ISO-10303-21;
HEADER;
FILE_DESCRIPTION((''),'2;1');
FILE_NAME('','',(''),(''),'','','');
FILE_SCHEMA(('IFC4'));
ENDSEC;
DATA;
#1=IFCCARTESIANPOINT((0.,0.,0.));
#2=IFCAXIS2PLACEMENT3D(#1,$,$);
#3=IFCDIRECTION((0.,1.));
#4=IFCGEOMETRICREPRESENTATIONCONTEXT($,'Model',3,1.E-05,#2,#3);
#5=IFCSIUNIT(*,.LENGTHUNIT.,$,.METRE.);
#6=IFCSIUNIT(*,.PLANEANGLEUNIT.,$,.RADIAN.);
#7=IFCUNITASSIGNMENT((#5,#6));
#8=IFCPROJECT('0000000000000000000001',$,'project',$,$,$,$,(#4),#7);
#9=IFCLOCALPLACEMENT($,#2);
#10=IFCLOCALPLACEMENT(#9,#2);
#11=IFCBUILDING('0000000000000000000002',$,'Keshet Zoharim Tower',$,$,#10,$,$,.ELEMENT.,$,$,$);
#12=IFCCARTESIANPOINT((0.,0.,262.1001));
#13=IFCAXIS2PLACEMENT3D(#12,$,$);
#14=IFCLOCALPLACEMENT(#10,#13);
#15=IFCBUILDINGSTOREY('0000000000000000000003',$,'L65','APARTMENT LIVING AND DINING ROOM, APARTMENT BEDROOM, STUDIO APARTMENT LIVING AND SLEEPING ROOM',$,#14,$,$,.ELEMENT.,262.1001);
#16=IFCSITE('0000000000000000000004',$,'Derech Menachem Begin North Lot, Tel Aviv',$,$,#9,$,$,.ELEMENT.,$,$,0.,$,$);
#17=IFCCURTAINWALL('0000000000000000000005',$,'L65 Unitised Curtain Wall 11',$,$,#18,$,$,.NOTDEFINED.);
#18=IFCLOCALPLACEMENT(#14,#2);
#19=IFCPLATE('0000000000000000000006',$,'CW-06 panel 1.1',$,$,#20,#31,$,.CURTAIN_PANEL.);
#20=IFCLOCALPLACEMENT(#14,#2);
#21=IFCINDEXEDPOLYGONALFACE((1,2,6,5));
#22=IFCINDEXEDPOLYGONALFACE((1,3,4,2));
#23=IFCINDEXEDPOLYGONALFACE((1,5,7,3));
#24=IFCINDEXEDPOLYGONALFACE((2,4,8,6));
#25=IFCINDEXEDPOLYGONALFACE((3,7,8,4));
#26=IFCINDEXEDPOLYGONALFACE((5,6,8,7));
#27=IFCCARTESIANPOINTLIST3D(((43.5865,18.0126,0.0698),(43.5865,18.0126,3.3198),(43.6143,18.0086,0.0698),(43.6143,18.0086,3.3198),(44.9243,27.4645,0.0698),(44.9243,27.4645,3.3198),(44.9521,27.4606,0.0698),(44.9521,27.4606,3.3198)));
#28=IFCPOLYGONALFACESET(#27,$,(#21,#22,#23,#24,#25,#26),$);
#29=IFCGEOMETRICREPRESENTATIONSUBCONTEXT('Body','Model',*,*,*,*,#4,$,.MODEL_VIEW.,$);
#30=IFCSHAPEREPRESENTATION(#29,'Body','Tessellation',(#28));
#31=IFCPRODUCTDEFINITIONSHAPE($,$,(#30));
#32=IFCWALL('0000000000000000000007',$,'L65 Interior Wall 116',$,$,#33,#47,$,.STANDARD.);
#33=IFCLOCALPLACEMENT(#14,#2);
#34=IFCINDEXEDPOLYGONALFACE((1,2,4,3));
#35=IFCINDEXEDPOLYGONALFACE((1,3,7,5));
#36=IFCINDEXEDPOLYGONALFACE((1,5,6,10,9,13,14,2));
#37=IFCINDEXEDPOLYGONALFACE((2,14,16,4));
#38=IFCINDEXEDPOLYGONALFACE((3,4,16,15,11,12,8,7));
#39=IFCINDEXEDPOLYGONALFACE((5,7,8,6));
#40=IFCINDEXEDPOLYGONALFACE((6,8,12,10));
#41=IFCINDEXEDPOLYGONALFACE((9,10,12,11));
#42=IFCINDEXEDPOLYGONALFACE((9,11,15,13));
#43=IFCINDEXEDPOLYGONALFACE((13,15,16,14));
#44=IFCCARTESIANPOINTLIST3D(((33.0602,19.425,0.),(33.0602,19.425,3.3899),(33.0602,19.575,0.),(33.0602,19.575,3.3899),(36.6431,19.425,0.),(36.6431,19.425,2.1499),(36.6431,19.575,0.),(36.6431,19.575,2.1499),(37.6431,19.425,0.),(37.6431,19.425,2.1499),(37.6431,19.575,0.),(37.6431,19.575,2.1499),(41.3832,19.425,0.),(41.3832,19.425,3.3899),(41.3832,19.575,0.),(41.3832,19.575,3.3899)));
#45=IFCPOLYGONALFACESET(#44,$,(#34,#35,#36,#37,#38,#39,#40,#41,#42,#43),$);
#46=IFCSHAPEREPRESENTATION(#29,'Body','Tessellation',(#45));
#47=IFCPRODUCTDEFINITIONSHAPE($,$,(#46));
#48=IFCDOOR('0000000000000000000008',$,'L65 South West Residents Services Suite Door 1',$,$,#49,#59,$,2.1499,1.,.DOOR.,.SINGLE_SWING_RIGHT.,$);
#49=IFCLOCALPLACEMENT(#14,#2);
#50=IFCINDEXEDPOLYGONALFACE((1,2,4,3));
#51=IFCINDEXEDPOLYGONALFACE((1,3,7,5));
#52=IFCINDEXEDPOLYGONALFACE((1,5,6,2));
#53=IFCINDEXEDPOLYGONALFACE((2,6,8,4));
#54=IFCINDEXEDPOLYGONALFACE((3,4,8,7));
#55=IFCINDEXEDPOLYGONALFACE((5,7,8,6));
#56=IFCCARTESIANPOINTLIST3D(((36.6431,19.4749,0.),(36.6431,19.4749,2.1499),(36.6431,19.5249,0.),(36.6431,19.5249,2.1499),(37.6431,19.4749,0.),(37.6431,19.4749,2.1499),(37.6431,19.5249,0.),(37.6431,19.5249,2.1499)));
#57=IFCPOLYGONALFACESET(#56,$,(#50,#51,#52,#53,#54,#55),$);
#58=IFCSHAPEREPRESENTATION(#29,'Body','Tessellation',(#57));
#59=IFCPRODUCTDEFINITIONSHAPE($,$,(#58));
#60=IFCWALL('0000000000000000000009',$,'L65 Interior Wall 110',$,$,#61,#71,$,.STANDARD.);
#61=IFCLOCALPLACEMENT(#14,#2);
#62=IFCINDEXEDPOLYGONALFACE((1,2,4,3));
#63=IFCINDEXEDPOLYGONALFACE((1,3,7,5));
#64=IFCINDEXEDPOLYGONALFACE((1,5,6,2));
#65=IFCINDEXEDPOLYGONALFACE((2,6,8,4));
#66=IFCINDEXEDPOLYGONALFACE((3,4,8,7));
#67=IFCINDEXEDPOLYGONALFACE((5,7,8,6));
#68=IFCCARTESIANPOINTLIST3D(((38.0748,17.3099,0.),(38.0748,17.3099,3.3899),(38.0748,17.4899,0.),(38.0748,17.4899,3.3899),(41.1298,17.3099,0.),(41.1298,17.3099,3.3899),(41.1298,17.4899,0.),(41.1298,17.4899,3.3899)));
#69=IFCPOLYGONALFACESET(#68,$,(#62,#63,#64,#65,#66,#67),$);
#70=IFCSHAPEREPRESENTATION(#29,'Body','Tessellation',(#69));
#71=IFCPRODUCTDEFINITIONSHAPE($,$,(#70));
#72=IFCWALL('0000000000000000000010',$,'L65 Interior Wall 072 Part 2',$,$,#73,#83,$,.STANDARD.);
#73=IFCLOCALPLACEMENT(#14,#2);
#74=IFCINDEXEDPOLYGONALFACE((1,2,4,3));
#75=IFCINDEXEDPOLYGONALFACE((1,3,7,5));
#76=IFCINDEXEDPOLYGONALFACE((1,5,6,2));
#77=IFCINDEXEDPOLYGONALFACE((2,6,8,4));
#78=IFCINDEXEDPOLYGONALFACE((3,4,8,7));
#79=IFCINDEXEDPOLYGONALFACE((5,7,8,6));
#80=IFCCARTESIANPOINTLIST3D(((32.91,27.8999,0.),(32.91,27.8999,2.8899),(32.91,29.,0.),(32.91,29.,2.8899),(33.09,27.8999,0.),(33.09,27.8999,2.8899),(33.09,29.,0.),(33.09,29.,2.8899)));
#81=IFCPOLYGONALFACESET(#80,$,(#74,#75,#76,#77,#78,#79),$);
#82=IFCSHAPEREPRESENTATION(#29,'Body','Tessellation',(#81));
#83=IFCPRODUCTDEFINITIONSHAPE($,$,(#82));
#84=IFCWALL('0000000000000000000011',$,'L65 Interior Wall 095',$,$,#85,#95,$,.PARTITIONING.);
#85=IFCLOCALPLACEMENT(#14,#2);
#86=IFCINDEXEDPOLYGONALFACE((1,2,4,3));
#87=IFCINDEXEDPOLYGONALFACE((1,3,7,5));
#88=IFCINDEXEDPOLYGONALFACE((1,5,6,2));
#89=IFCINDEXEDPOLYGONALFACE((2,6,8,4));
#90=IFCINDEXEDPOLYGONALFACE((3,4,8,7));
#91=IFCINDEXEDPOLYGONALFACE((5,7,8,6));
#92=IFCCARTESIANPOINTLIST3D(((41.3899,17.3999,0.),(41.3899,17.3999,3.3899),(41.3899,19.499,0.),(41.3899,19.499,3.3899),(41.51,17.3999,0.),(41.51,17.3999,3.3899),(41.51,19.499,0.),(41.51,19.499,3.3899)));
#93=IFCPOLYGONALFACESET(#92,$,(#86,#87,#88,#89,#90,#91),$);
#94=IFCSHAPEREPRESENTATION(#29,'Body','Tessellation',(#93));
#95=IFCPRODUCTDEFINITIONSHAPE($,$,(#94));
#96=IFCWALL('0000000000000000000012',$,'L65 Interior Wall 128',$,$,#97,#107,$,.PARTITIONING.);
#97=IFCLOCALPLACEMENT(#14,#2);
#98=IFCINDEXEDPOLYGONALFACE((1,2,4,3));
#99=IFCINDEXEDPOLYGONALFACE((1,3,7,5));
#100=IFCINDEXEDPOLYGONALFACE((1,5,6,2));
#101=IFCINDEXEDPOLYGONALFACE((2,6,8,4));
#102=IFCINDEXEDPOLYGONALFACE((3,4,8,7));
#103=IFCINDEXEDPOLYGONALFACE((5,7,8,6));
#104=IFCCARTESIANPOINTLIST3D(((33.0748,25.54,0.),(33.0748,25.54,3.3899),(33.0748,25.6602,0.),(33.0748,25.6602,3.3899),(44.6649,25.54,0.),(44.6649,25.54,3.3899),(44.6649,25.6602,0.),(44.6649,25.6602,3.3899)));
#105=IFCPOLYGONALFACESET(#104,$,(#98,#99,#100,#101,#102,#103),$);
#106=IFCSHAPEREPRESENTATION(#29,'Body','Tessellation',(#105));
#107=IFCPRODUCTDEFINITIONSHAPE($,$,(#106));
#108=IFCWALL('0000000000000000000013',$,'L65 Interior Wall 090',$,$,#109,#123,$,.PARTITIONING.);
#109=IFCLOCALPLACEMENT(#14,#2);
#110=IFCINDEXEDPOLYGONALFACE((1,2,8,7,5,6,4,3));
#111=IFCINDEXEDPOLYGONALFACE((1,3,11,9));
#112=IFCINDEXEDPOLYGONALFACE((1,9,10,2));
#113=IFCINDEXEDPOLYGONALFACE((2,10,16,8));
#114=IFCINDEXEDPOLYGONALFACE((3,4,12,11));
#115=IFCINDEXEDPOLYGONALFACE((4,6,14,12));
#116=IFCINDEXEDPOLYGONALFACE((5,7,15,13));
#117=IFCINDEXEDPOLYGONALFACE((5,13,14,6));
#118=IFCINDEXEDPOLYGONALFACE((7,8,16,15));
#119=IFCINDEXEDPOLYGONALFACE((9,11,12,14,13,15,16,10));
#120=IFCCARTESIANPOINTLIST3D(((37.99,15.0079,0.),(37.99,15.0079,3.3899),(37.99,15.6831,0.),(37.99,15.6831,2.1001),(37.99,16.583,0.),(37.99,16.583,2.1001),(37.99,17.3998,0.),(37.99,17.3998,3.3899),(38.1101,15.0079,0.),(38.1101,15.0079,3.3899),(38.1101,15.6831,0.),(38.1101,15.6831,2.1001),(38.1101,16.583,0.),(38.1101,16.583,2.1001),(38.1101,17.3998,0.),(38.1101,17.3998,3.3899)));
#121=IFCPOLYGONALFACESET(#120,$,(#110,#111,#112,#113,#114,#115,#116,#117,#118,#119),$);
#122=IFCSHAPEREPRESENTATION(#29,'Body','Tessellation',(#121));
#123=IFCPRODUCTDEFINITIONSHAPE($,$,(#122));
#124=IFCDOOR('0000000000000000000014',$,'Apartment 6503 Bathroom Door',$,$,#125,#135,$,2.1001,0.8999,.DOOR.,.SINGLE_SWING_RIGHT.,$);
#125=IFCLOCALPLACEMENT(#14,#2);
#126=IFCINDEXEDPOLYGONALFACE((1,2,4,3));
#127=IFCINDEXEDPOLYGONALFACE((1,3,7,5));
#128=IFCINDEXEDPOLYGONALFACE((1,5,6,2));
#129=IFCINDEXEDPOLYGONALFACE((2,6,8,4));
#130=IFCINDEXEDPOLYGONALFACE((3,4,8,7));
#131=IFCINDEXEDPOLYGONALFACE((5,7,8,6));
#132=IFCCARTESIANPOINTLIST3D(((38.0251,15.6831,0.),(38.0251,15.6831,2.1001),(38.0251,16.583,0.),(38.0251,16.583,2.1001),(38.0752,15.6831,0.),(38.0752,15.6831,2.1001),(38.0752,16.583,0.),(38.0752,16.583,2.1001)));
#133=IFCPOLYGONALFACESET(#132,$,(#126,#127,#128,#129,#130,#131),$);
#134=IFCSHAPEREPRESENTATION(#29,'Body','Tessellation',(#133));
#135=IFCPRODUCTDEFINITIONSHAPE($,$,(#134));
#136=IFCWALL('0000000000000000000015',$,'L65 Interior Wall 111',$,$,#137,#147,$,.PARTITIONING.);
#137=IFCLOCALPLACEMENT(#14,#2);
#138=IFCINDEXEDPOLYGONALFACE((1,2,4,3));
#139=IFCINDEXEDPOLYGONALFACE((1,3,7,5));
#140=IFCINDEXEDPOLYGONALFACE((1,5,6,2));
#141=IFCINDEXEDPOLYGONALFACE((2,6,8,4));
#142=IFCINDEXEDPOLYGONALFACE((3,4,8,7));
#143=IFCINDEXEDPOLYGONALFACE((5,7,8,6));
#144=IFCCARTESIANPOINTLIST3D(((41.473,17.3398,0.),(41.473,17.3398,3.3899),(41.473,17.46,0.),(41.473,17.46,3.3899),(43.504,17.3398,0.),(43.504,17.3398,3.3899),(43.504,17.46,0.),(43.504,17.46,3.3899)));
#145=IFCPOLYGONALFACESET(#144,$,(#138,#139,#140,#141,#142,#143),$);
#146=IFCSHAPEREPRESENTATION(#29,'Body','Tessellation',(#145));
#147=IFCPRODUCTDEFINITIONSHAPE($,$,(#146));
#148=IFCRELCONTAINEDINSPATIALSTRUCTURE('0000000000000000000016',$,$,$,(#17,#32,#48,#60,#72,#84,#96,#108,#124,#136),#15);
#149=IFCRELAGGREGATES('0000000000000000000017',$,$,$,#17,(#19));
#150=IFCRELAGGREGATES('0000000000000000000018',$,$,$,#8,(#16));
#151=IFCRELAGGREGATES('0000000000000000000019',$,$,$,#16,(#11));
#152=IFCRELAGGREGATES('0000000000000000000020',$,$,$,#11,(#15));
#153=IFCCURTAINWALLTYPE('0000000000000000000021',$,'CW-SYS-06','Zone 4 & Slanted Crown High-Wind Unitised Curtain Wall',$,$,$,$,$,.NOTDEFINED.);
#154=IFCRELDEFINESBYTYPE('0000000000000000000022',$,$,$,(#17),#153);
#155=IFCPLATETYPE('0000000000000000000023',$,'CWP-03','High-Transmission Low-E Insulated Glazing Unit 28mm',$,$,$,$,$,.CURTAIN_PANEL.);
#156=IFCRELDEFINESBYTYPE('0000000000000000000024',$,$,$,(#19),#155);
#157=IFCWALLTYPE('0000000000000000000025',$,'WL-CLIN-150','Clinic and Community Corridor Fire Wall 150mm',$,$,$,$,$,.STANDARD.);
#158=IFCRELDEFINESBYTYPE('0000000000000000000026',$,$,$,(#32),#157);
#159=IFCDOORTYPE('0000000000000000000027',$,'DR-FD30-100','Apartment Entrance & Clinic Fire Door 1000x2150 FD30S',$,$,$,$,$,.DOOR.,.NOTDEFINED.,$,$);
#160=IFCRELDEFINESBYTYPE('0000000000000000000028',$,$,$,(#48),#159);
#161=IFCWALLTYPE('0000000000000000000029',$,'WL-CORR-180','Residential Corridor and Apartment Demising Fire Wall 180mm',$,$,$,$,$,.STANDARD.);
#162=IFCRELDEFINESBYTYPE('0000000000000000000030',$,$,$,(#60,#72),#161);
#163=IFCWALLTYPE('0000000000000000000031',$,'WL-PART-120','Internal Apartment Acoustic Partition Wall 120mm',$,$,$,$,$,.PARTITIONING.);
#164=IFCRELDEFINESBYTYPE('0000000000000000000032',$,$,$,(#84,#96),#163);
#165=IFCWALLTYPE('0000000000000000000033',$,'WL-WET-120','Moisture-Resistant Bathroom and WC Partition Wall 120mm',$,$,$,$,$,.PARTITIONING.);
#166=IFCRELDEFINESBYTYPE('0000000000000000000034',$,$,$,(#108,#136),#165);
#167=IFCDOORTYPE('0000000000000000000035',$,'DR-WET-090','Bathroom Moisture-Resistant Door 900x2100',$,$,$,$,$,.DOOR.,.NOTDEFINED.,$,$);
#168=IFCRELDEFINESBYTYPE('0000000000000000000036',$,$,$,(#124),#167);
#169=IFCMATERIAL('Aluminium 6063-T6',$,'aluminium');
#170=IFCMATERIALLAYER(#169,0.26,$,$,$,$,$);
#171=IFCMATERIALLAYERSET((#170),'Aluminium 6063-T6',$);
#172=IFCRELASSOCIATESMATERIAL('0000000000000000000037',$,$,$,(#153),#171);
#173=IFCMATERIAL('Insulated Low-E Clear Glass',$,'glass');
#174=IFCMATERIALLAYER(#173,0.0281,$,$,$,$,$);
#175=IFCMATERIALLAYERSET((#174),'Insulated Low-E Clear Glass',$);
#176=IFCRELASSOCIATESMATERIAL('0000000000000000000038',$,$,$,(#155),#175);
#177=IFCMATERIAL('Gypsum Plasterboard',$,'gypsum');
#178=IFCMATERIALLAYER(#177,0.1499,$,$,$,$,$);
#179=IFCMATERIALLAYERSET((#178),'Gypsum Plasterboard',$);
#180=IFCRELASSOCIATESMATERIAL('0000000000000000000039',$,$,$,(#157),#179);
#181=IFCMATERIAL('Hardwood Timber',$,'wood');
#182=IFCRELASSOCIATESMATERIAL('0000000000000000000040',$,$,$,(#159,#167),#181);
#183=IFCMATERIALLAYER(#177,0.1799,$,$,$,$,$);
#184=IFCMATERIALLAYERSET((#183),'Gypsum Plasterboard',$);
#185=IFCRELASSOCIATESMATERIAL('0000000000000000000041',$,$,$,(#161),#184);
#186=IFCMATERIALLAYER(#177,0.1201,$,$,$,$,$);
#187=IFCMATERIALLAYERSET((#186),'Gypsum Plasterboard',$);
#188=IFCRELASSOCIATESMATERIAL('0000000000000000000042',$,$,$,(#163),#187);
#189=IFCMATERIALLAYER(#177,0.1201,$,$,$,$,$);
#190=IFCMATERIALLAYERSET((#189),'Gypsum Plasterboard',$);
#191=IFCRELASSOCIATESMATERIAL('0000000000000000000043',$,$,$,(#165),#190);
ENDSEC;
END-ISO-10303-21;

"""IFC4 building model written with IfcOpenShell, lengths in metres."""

from ifc_helpers import new_model, si_unit, direction, frame, frame_2d, origin, origin_2d, place, context, subcontext, project, spatial, rectangle, extrude, material, layer, layer_set, type_object, element, fill, aggregate, save


model = new_model("IFC4")

# Units and contexts
model_context = context("Model", 3, precision=1e-05, world=origin(), true_north=direction((0.0, 1.0)))
body_context = subcontext(model_context, "Body", "Model", "MODEL_VIEW")
ifc_project = project(units=[si_unit("LENGTHUNIT", "METRE"), si_unit("PLANEANGLEUNIT", "RADIAN")], contexts=[model_context])

# Site, building, storey
site_placement = place(None, origin())
site = spatial("IfcSite", under=ifc_project, at=site_placement, Name="Derech Menachem Begin North Lot, Tel Aviv", CompositionType="ELEMENT", RefElevation=0.0)
building_placement = place(site_placement, origin())
building = spatial("IfcBuilding", under=site, at=building_placement, Name="Keshet Zoharim Tower", CompositionType="ELEMENT")
storey_placement = place(building_placement, frame((0.0, 0.0, 262.1001)))
storey = spatial("IfcBuildingStorey", under=building, at=storey_placement, Name="L65", Description="APARTMENT LIVING AND DINING ROOM, APARTMENT BEDROOM, STUDIO APARTMENT LIVING AND SLEEPING ROOM", CompositionType="ELEMENT", Elevation=262.1001)

# Shared definitions
ifc_material_1 = material(Name="Aluminium 6063-T6", Category="aluminium")
ifc_layer_1 = layer(ifc_material_1, 0.26)
ifc_layer_set_1 = layer_set([ifc_layer_1], Name="Aluminium 6063-T6")
curtain_wall_type = type_object("IfcCurtainWallType", Name="CW-SYS-06", Description="Zone 4 & Slanted Crown High-Wind Unitised Curtain Wall", PredefinedType="NOTDEFINED", material=ifc_layer_set_1)

# Curtain wall
curtain_wall_1_placement = place(storey_placement, origin())
curtain_wall_1 = element("IfcCurtainWall", 1, at=curtain_wall_1_placement, inside=storey, type_object=curtain_wall_type, Name="L65 Unitised Curtain Wall 11", PredefinedType="NOTDEFINED")

# Plate
ifc_material_2 = material(Name="Insulated Low-E Clear Glass", Category="glass")
ifc_layer_2 = layer(ifc_material_2, 0.0281)
ifc_layer_set_2 = layer_set([ifc_layer_2], Name="Insulated Low-E Clear Glass")
plate_type = type_object("IfcPlateType", Name="CWP-03", Description="High-Transmission Low-E Insulated Glazing Unit 28mm", PredefinedType="CURTAIN_PANEL", material=ifc_layer_set_2)
plate_1_placement = place(storey_placement, frame((44.2693, 22.7366, 0.0698), z_axis=(0.0, 0.0, 1.0), x_axis=(-0.140137, -0.990132, 0.0)))
plate_1 = element("IfcPlate", 2, at=plate_1_placement, type_object=plate_type, Name="CW-06 panel 1.1", PredefinedType="CURTAIN_PANEL", context=body_context, shape_type="SweptSolid", body=[
    extrude(rectangle(XDim=9.5461, YDim=0.0281, at=origin_2d()), origin(), (0.0, 0.0, 1.0), 3.25),
])
aggregate(curtain_wall_1, [plate_1])

# Wall, opening, door
ifc_material_3 = material(Name="Gypsum Plasterboard", Category="gypsum")
ifc_layer_3 = layer(ifc_material_3, 0.1499)
ifc_layer_set_3 = layer_set([ifc_layer_3], Name="Gypsum Plasterboard")
wall_type_1 = type_object("IfcWallType", Name="WL-CLIN-150", Description="Clinic and Community Corridor Fire Wall 150mm", PredefinedType="STANDARD", material=ifc_layer_set_3)
wall_1_placement = place(storey_placement, frame((33.0601, 19.5, 0.0), z_axis=(0.0, 0.0, 1.0), x_axis=(1.0, 0.0, 0.0)))
wall_1 = element("IfcWall", 3, at=wall_1_placement, inside=storey, type_object=wall_type_1, Name="L65 Interior Wall 116", PredefinedType="STANDARD", context=body_context, shape_type="SweptSolid", body=[
    extrude(rectangle(XDim=8.323, YDim=0.1499, at=frame_2d((4.1616, 0.0))), origin(), (0.0, 0.0, 1.0), 3.3899),
])
opening_1_placement = place(wall_1_placement, frame((3.583, 0.0, 0.0)))
opening_1 = element("IfcOpeningElement", 4, at=opening_1_placement, cuts=wall_1, PredefinedType="OPENING", context=body_context, shape_type="SweptSolid", body=[
    extrude(rectangle(XDim=1.0, YDim=2.1499, at=frame_2d((0.5, 1.075))), frame((0.0, 0.085, 0.0), z_axis=(0.0, -1.0, 0.0), x_axis=(1.0, 0.0, 0.0)), (0.0, 0.0, 1.0), 0.1699),
])
ifc_material_4 = material(Name="Hardwood Timber", Category="wood")
door_type_1 = type_object("IfcDoorType", Name="DR-FD30-100", Description="Apartment Entrance & Clinic Fire Door 1000x2150 FD30S", OperationType="NOTDEFINED", PredefinedType="DOOR", material=ifc_material_4)
door_1_placement = place(opening_1_placement, origin())
door_1 = element("IfcDoor", 5, at=door_1_placement, inside=storey, type_object=door_type_1, Name="L65 South West Residents Services Suite Door 1", OperationType="SINGLE_SWING_RIGHT", OverallHeight=2.1499, OverallWidth=1.0, PredefinedType="DOOR", context=body_context, shape_type="SweptSolid", body=[
    extrude(rectangle(XDim=1.0, YDim=2.1499, at=frame_2d((0.5, 1.075))), frame((0.0, 0.0249, 0.0), z_axis=(0.0, -1.0, 0.0), x_axis=(1.0, 0.0, 0.0)), (0.0, 0.0, 1.0), 0.05),
])
fill(opening_1, door_1)
ifc_layer_4 = layer(ifc_material_3, 0.1799)
ifc_layer_set_4 = layer_set([ifc_layer_4], Name="Gypsum Plasterboard")
wall_type_2 = type_object("IfcWallType", Name="WL-CORR-180", Description="Residential Corridor and Apartment Demising Fire Wall 180mm", PredefinedType="STANDARD", material=ifc_layer_set_4)

# Walls
wall_2_placement = place(storey_placement, frame((38.075, 17.3999, 0.0), z_axis=(0.0, 0.0, 1.0), x_axis=(1.0, 0.0, 0.0)))
element("IfcWall", 6, at=wall_2_placement, inside=storey, type_object=wall_type_2, Name="L65 Interior Wall 110", PredefinedType="STANDARD", context=body_context, shape_type="SweptSolid", body=[
    extrude(rectangle(XDim=3.0549, YDim=0.1799, at=frame_2d((1.5273, 0.0))), origin(), (0.0, 0.0, 1.0), 3.3899),
])
wall_3_placement = place(storey_placement, frame((33.0, 27.8999, 0.0), z_axis=(0.0, 0.0, 1.0), x_axis=(0.0, 1.0, 0.0)))
element("IfcWall", 7, at=wall_3_placement, inside=storey, type_object=wall_type_2, Name="L65 Interior Wall 072 Part 2", PredefinedType="STANDARD", context=body_context, shape_type="SweptSolid", body=[
    extrude(rectangle(XDim=1.1001, YDim=0.1799, at=frame_2d((0.55, 0.0))), origin(), (0.0, 0.0, 1.0), 2.8899),
])
ifc_layer_5 = layer(ifc_material_3, 0.1201)
ifc_layer_set_5 = layer_set([ifc_layer_5], Name="Gypsum Plasterboard")
wall_type_3 = type_object("IfcWallType", Name="WL-PART-120", Description="Internal Apartment Acoustic Partition Wall 120mm", PredefinedType="PARTITIONING", material=ifc_layer_set_5)
wall_4_placement = place(storey_placement, frame((41.45, 17.3999, 0.0), z_axis=(0.0, 0.0, 1.0), x_axis=(0.0, 1.0, 0.0)))
element("IfcWall", 8, at=wall_4_placement, inside=storey, type_object=wall_type_3, Name="L65 Interior Wall 095", PredefinedType="PARTITIONING", context=body_context, shape_type="SweptSolid", body=[
    extrude(rectangle(XDim=2.0991, YDim=0.1201, at=frame_2d((1.0496, 0.0))), origin(), (0.0, 0.0, 1.0), 3.3899),
])
wall_5_placement = place(storey_placement, frame((33.075, 25.6001, 0.0), z_axis=(0.0, 0.0, 1.0), x_axis=(1.0, 0.0, 0.0)))
element("IfcWall", 9, at=wall_5_placement, inside=storey, type_object=wall_type_3, Name="L65 Interior Wall 128", PredefinedType="PARTITIONING", context=body_context, shape_type="SweptSolid", body=[
    extrude(rectangle(XDim=11.5901, YDim=0.1201, at=frame_2d((5.7949, 0.0))), origin(), (0.0, 0.0, 1.0), 3.3899),
])

# Wall, opening, door
ifc_layer_6 = layer(ifc_material_3, 0.1201)
ifc_layer_set_6 = layer_set([ifc_layer_6], Name="Gypsum Plasterboard")
wall_type_4 = type_object("IfcWallType", Name="WL-WET-120", Description="Moisture-Resistant Bathroom and WC Partition Wall 120mm", PredefinedType="PARTITIONING", material=ifc_layer_set_6)
wall_6_placement = place(storey_placement, frame((38.05, 15.0081, 0.0), z_axis=(0.0, 0.0, 1.0), x_axis=(0.0, 1.0, 0.0)))
wall_6 = element("IfcWall", 10, at=wall_6_placement, inside=storey, type_object=wall_type_4, Name="L65 Interior Wall 090", PredefinedType="PARTITIONING", context=body_context, shape_type="SweptSolid", body=[
    extrude(rectangle(XDim=2.3918, YDim=0.1201, at=frame_2d((1.1958, 0.0))), origin(), (0.0, 0.0, 1.0), 3.3899),
])
opening_2_placement = place(wall_6_placement, frame((0.675, 0.0, 0.0)))
opening_2 = element("IfcOpeningElement", 11, at=opening_2_placement, cuts=wall_6, PredefinedType="OPENING", context=body_context, shape_type="SweptSolid", body=[
    extrude(rectangle(XDim=0.8999, YDim=2.1001, at=frame_2d((0.45, 1.05))), frame((0.0, 0.0701, 0.0), z_axis=(0.0, -1.0, 0.0), x_axis=(1.0, 0.0, 0.0)), (0.0, 0.0, 1.0), 0.1401),
])
door_type_2 = type_object("IfcDoorType", Name="DR-WET-090", Description="Bathroom Moisture-Resistant Door 900x2100", OperationType="NOTDEFINED", PredefinedType="DOOR", material=ifc_material_4)
door_2_placement = place(opening_2_placement, origin())
door_2 = element("IfcDoor", 12, at=door_2_placement, inside=storey, type_object=door_type_2, Name="Apartment 6503 Bathroom Door", OperationType="SINGLE_SWING_RIGHT", OverallHeight=2.1001, OverallWidth=0.8999, PredefinedType="DOOR", context=body_context, shape_type="SweptSolid", body=[
    extrude(rectangle(XDim=0.8999, YDim=2.1001, at=frame_2d((0.45, 1.05))), frame((0.0, 0.0249, 0.0), z_axis=(0.0, -1.0, 0.0), x_axis=(1.0, 0.0, 0.0)), (0.0, 0.0, 1.0), 0.05),
])
fill(opening_2, door_2)

# Wall
wall_7_placement = place(storey_placement, frame((41.4729, 17.3999, 0.0), z_axis=(0.0, 0.0, 1.0), x_axis=(1.0, 0.0, 0.0)))
element("IfcWall", 13, at=wall_7_placement, inside=storey, type_object=wall_type_4, Name="L65 Interior Wall 111", PredefinedType="PARTITIONING", context=body_context, shape_type="SweptSolid", body=[
    extrude(rectangle(XDim=2.031, YDim=0.1201, at=frame_2d((1.0156, 0.0))), origin(), (0.0, 0.0, 1.0), 3.3899),
])

save(model, "model.ifc")
